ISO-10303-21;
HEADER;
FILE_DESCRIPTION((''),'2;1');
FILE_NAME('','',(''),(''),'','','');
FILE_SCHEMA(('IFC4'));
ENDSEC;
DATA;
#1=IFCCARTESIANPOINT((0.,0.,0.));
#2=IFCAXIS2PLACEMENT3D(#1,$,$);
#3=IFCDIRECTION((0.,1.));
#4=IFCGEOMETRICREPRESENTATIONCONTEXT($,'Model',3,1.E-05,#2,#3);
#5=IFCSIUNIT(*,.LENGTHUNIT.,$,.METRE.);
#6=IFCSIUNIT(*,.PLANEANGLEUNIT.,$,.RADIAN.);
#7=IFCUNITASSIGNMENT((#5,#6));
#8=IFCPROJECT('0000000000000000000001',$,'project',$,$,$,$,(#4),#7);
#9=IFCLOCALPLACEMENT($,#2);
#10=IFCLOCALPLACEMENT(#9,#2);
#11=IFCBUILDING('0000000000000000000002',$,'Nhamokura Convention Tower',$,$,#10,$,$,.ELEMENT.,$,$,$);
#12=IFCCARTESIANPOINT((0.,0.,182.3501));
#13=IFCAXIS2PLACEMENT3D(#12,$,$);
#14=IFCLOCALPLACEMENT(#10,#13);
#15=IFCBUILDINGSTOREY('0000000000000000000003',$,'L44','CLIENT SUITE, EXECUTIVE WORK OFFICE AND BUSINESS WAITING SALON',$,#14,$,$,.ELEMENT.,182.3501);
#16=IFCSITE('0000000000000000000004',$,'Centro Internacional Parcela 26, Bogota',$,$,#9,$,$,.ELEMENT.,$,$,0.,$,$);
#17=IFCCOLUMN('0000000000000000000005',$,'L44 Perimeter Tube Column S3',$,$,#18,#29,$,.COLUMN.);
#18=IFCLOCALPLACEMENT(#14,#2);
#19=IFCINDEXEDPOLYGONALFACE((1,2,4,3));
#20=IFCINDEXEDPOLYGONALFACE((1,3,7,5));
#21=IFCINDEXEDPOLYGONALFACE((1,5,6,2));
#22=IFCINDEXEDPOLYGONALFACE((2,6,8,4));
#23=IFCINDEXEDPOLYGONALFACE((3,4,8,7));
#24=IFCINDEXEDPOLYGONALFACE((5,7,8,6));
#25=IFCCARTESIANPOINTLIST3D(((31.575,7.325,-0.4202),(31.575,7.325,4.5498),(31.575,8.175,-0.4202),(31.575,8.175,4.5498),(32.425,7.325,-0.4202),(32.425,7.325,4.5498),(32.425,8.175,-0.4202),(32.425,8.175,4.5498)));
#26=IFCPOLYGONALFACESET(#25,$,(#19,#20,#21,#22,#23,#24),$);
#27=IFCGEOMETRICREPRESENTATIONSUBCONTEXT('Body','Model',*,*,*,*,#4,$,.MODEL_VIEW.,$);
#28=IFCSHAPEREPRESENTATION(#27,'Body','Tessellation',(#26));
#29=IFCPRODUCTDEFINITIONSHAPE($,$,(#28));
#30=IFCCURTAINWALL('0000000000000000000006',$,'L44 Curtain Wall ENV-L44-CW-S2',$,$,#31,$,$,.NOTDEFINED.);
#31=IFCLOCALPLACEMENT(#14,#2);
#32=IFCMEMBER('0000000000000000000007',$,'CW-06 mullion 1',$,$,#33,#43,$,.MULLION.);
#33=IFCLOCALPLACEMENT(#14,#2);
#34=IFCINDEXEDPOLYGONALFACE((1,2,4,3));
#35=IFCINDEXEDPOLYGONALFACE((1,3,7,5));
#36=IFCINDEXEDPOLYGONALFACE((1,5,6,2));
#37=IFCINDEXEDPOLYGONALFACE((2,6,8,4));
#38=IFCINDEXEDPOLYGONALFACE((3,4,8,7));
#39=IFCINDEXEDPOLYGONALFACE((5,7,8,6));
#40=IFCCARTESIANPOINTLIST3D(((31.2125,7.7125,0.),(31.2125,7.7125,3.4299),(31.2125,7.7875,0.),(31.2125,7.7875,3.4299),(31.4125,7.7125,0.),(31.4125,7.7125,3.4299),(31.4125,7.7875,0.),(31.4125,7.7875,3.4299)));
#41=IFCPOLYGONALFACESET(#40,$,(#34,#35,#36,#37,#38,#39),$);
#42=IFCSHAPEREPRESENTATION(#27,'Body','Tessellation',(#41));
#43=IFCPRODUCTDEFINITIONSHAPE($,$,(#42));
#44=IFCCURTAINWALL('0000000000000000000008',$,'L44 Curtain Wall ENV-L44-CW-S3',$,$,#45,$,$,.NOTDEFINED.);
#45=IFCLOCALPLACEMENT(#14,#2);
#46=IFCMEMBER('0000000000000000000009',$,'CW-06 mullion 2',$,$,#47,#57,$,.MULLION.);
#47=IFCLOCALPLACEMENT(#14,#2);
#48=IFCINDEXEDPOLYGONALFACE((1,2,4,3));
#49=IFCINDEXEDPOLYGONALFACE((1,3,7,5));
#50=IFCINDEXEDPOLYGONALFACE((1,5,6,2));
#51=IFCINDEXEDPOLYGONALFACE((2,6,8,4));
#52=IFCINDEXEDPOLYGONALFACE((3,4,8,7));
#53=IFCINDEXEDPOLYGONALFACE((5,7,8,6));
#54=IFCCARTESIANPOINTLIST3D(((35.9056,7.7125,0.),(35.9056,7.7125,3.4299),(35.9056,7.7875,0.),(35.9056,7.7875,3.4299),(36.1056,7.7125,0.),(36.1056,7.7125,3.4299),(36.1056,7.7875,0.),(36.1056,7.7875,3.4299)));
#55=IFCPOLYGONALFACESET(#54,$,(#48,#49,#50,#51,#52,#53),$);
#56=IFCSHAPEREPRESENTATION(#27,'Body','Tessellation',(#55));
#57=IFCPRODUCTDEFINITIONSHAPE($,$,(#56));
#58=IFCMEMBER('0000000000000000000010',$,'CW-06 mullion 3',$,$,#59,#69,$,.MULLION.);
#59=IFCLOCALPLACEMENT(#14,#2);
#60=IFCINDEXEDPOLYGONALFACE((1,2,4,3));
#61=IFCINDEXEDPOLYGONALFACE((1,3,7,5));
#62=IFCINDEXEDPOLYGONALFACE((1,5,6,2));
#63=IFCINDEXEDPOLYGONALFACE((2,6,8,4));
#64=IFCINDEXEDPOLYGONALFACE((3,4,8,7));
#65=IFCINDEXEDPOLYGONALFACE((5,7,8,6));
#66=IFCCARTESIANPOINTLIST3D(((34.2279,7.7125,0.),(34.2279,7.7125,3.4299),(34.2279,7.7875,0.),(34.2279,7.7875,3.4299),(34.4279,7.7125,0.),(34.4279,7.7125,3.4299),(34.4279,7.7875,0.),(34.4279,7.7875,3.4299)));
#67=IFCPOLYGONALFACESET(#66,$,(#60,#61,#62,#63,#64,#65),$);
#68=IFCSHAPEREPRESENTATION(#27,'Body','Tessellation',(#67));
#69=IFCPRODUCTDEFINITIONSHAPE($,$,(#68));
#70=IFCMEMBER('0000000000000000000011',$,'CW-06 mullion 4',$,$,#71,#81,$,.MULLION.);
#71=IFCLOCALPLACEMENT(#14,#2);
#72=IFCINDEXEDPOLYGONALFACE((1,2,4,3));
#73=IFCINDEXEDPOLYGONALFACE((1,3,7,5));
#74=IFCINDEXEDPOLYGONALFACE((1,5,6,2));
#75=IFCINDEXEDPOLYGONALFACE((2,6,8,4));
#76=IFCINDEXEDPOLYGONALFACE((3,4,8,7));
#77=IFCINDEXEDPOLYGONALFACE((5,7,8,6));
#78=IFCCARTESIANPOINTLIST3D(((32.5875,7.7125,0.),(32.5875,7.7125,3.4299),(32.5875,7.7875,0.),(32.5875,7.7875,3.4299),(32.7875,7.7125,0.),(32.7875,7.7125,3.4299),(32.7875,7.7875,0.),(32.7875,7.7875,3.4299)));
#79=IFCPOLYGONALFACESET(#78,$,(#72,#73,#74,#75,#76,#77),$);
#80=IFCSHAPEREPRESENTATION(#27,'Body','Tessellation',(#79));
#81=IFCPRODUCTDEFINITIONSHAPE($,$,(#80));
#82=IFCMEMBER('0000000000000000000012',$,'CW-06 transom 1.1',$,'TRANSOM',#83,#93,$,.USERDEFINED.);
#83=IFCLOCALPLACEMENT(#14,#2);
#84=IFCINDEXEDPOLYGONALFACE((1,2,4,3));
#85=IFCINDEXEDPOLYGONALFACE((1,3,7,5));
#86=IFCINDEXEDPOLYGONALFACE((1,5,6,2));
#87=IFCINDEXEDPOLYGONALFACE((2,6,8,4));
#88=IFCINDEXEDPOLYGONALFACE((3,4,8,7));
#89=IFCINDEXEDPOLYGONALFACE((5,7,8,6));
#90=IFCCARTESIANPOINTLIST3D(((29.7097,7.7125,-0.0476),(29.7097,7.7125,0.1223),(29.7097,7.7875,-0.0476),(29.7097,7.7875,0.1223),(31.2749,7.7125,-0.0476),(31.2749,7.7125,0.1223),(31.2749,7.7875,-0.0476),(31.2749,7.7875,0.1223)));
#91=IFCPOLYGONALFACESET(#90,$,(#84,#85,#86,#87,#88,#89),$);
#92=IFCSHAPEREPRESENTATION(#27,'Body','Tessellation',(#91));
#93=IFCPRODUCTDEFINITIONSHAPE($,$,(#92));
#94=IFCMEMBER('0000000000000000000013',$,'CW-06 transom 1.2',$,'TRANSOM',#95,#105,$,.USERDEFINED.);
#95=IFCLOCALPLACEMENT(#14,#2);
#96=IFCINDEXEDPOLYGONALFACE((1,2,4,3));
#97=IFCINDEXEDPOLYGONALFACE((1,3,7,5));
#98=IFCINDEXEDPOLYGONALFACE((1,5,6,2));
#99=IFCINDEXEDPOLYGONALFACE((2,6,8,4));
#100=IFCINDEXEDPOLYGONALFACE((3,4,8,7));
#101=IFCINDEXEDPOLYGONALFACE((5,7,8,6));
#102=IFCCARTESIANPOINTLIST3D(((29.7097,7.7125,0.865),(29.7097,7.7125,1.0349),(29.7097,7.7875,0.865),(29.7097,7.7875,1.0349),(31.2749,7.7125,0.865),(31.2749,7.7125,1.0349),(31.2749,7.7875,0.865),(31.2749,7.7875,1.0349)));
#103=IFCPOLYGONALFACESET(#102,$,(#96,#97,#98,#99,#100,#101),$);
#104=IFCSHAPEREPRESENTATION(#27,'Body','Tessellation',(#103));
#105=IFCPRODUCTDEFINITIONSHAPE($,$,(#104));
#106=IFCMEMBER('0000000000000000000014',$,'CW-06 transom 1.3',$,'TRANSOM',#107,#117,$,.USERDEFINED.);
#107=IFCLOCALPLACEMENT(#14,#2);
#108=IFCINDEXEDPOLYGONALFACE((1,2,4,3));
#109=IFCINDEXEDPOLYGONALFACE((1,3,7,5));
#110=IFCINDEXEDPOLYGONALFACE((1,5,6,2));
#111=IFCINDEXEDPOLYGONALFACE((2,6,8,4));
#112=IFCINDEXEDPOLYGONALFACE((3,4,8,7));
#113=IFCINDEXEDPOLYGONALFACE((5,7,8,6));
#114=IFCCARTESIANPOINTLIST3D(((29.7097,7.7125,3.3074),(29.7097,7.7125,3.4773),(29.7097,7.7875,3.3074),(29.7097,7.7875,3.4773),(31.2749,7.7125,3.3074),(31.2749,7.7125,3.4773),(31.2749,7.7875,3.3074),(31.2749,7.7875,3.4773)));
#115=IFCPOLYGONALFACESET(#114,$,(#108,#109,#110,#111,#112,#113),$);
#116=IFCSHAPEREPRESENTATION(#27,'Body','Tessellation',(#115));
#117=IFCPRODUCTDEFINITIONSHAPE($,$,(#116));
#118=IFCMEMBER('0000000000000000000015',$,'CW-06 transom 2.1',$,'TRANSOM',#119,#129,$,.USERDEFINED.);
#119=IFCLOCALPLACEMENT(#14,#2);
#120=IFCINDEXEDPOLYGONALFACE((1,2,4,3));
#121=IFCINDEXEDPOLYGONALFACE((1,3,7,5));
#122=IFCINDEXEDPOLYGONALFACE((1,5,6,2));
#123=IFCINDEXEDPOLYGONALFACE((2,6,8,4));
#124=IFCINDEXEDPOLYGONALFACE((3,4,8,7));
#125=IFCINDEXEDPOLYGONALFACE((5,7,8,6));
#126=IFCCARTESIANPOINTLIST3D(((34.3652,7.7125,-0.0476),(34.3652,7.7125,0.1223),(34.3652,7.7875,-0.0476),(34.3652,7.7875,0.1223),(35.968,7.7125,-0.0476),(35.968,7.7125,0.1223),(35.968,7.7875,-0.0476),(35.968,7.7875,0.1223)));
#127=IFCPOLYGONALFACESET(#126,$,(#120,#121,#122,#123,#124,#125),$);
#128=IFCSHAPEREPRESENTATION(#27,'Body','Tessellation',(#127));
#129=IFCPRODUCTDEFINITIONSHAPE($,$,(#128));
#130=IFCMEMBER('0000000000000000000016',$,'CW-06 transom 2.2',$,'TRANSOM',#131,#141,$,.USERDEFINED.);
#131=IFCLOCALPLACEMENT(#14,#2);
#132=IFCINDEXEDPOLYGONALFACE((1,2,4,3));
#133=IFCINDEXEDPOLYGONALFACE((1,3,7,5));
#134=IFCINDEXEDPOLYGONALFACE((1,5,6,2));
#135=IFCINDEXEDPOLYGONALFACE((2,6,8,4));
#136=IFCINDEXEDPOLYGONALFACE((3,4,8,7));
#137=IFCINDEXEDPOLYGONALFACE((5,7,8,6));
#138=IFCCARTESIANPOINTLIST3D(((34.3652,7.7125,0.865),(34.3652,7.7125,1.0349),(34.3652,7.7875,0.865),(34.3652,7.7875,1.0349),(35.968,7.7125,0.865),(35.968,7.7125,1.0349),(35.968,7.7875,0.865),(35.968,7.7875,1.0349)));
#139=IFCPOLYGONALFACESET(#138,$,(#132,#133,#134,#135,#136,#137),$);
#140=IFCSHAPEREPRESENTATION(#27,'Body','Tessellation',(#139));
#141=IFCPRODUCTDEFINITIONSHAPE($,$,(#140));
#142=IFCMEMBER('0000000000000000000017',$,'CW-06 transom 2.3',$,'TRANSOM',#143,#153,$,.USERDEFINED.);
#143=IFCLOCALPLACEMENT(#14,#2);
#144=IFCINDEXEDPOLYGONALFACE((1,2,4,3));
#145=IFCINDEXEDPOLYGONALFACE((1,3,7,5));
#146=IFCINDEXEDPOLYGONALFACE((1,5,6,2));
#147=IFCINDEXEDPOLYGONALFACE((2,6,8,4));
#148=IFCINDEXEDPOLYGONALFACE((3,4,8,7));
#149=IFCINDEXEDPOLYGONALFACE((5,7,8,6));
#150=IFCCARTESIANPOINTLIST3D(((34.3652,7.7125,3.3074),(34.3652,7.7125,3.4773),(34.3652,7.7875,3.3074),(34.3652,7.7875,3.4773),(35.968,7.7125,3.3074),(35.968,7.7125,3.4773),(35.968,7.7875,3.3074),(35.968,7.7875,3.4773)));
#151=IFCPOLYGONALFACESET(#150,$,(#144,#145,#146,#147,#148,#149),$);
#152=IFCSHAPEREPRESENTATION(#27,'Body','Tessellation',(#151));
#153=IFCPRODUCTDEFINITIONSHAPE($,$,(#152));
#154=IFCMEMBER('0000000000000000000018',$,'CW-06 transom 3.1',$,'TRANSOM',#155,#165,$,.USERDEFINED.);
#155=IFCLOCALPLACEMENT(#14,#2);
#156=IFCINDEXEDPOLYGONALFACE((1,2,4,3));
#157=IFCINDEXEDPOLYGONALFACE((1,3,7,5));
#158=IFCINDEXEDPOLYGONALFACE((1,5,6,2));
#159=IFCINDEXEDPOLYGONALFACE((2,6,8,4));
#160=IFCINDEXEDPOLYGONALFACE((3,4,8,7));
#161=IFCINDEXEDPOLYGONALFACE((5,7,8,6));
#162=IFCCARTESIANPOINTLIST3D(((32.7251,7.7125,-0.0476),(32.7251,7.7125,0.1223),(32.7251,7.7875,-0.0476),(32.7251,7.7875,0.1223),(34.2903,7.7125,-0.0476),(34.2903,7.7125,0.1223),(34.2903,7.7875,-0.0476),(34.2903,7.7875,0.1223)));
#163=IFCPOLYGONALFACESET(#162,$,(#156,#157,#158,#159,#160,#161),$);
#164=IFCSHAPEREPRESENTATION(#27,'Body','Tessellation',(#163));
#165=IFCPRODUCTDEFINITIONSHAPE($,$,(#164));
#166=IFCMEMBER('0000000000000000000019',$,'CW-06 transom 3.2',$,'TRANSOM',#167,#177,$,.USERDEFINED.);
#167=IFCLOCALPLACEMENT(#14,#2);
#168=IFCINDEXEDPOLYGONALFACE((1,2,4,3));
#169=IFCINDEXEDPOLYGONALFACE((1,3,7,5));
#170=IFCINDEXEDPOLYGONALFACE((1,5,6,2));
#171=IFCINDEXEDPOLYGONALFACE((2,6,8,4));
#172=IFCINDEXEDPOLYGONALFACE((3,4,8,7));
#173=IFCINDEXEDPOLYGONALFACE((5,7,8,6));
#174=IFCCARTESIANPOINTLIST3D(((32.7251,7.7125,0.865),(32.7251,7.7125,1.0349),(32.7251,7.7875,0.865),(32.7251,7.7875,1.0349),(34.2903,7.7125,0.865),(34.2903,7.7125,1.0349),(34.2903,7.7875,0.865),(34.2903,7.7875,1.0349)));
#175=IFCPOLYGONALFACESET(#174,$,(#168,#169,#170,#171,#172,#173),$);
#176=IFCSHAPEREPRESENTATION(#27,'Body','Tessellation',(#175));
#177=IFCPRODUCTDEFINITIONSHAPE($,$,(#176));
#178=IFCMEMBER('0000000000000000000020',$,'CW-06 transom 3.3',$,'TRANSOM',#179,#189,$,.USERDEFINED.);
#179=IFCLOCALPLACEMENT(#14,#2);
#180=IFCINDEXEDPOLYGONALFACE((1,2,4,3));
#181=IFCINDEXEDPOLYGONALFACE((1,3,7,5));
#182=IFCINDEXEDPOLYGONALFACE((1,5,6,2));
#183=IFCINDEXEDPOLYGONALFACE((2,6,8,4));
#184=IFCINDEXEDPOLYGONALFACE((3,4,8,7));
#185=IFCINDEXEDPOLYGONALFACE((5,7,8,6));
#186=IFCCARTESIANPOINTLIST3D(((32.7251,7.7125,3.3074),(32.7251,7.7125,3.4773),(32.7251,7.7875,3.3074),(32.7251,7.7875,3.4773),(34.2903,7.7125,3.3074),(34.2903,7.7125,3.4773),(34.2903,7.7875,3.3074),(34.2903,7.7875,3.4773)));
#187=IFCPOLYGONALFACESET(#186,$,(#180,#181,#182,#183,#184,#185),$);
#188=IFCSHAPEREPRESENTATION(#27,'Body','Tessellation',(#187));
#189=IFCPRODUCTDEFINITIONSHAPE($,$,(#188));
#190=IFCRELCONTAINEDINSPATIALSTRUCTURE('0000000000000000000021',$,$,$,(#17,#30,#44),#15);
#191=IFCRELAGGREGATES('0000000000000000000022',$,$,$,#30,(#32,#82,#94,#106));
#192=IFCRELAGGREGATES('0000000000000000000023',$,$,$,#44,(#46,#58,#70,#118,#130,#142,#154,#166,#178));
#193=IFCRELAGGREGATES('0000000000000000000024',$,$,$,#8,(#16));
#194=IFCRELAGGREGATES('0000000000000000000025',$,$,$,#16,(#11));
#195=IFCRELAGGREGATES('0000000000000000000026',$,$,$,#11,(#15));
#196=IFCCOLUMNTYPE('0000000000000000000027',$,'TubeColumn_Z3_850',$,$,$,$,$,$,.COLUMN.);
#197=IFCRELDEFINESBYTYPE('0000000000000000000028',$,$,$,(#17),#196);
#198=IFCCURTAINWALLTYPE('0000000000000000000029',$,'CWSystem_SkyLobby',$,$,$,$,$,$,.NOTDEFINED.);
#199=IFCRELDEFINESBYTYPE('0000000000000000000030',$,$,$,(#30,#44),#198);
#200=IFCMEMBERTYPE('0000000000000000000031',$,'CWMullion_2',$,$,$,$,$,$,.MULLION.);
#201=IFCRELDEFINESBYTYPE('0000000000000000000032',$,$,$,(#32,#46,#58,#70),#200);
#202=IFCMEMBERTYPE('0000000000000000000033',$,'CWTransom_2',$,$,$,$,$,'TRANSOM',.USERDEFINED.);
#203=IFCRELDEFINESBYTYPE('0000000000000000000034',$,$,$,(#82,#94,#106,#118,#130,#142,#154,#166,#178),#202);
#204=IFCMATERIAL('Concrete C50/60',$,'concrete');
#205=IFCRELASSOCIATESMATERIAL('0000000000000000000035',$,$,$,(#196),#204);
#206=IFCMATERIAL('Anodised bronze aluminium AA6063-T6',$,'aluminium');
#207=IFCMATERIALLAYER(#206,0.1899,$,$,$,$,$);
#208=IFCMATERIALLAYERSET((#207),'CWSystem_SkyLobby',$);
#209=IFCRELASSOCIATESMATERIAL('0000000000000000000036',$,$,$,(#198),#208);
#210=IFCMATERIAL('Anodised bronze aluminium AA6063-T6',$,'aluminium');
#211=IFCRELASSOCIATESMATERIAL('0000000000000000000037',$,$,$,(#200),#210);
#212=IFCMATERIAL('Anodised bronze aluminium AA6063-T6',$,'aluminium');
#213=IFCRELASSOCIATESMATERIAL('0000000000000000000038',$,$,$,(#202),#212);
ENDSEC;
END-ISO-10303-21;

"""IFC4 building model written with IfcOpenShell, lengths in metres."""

from ifc_helpers import new_model, si_unit, direction, frame, origin, origin_2d, place, context, subcontext, project, spatial, rectangle, extrude, material, layer, layer_set, material_profile, profile_set, type_object, element, aggregate, save


model = new_model("IFC4")

# Units and contexts
model_context = context("Model", 3, precision=1e-05, world=origin(), true_north=direction((0.0, 1.0)))
body_context = subcontext(model_context, "Body", "Model", "MODEL_VIEW")
ifc_project = project(units=[si_unit("LENGTHUNIT", "METRE"), si_unit("PLANEANGLEUNIT", "RADIAN")], contexts=[model_context])

# Site, building, storey
site_placement = place(None, origin())
site = spatial("IfcSite", under=ifc_project, at=site_placement, Name="Centro Internacional Parcela 26, Bogota", CompositionType="ELEMENT", RefElevation=0.0)
building_placement = place(site_placement, origin())
building = spatial("IfcBuilding", under=site, at=building_placement, Name="Nhamokura Convention Tower", CompositionType="ELEMENT")
storey_placement = place(building_placement, frame((0.0, 0.0, 182.3501)))
storey = spatial("IfcBuildingStorey", under=building, at=storey_placement, Name="L44", Description="CLIENT SUITE, EXECUTIVE WORK OFFICE AND BUSINESS WAITING SALON", CompositionType="ELEMENT", Elevation=182.3501)

# Column
ifc_material_1 = material(Name="Concrete C50/60", Category="concrete")
ifc_material_profile_1 = material_profile(ifc_material_1, rectangle(XDim=0.8501, YDim=0.8501, at=origin_2d()))
ifc_profile_set_1 = profile_set([ifc_material_profile_1], Name="Concrete C50/60")
column_type = type_object("IfcColumnType", Name="TubeColumn_Z3_850", PredefinedType="COLUMN", material=ifc_profile_set_1)
column_placement = place(storey_placement, frame((32.0, 7.75, -0.4202), z_axis=(0.0, 0.0, 1.0), x_axis=(1.0, 0.0, 0.0)))
element("IfcColumn", 1, at=column_placement, inside=storey, type_object=column_type, Name="L44 Perimeter Tube Column S3", PredefinedType="COLUMN", context=body_context, shape_type="SweptSolid", body=[
    extrude(rectangle(XDim=0.8501, YDim=0.8501, at=origin_2d()), origin(), (0.0, 0.0, 1.0), 4.97),
])

# Curtain wall, member
ifc_material_2 = material(Name="Anodised bronze aluminium AA6063-T6", Category="aluminium")
ifc_layer_1 = layer(ifc_material_2, 0.1899)
ifc_layer_set_1 = layer_set([ifc_layer_1], Name="CWSystem_SkyLobby")
curtain_wall_type = type_object("IfcCurtainWallType", Name="CWSystem_SkyLobby", PredefinedType="NOTDEFINED", material=ifc_layer_set_1)
curtain_wall_1_placement = place(storey_placement, origin())
curtain_wall_1 = element("IfcCurtainWall", 2, at=curtain_wall_1_placement, inside=storey, type_object=curtain_wall_type, Name="L44 Curtain Wall ENV-L44-CW-S2", PredefinedType="NOTDEFINED")
ifc_material_3 = material(Name="Anodised bronze aluminium AA6063-T6", Category="aluminium")
ifc_material_profile_2 = material_profile(ifc_material_3, rectangle(XDim=0.075, YDim=0.2, at=origin_2d()))
ifc_profile_set_2 = profile_set([ifc_material_profile_2], Name="Anodised bronze aluminium AA6063-T6")
member_type_1 = type_object("IfcMemberType", Name="CWMullion_2", PredefinedType="MULLION", material=ifc_profile_set_2)
member_1_placement = place(storey_placement, frame((31.3125, 7.75, 0.0), z_axis=(0.0, 0.0, 1.0), x_axis=(0.0, -1.0, 0.0)))
member_1 = element("IfcMember", 3, at=member_1_placement, type_object=member_type_1, Name="CW-06 mullion 1", PredefinedType="MULLION", context=body_context, shape_type="SweptSolid", body=[
    extrude(rectangle(XDim=0.075, YDim=0.2, at=origin_2d()), origin(), (0.0, 0.0, 1.0), 3.4299),
])

# Curtain wall, members
curtain_wall_2_placement = place(storey_placement, origin())
curtain_wall_2 = element("IfcCurtainWall", 4, at=curtain_wall_2_placement, inside=storey, type_object=curtain_wall_type, Name="L44 Curtain Wall ENV-L44-CW-S3", PredefinedType="NOTDEFINED")
member_2_placement = place(storey_placement, frame((36.0056, 7.75, 0.0), z_axis=(0.0, 0.0, 1.0), x_axis=(0.0, -1.0, 0.0)))
member_2 = element("IfcMember", 5, at=member_2_placement, type_object=member_type_1, Name="CW-06 mullion 2", PredefinedType="MULLION", context=body_context, shape_type="SweptSolid", body=[
    extrude(rectangle(XDim=0.075, YDim=0.2, at=origin_2d()), origin(), (0.0, 0.0, 1.0), 3.4299),
])
member_3_placement = place(storey_placement, frame((34.3279, 7.75, 0.0), z_axis=(0.0, 0.0, 1.0), x_axis=(0.0, -1.0, 0.0)))
member_3 = element("IfcMember", 6, at=member_3_placement, type_object=member_type_1, Name="CW-06 mullion 3", PredefinedType="MULLION", context=body_context, shape_type="SweptSolid", body=[
    extrude(rectangle(XDim=0.075, YDim=0.2, at=origin_2d()), origin(), (0.0, 0.0, 1.0), 3.4299),
])
member_4_placement = place(storey_placement, frame((32.6875, 7.75, 0.0), z_axis=(0.0, 0.0, 1.0), x_axis=(0.0, -1.0, 0.0)))
member_4 = element("IfcMember", 7, at=member_4_placement, type_object=member_type_1, Name="CW-06 mullion 4", PredefinedType="MULLION", context=body_context, shape_type="SweptSolid", body=[
    extrude(rectangle(XDim=0.075, YDim=0.2, at=origin_2d()), origin(), (0.0, 0.0, 1.0), 3.4299),
])

# Members
ifc_material_4 = material(Name="Anodised bronze aluminium AA6063-T6", Category="aluminium")
ifc_material_profile_3 = material_profile(ifc_material_4, rectangle(XDim=0.075, YDim=0.1699, at=origin_2d()))
ifc_profile_set_3 = profile_set([ifc_material_profile_3], Name="Anodised bronze aluminium AA6063-T6")
member_type_2 = type_object("IfcMemberType", Name="CWTransom_2", ElementType="TRANSOM", PredefinedType="USERDEFINED", material=ifc_profile_set_3)
member_5_placement = place(storey_placement, frame((31.2749, 7.75, 0.0374), z_axis=(-1.0, 0.0, 0.0), x_axis=(0.0, -1.0, 0.0)))
member_5 = element("IfcMember", 8, at=member_5_placement, type_object=member_type_2, Name="CW-06 transom 1.1", ObjectType="TRANSOM", PredefinedType="USERDEFINED", context=body_context, shape_type="SweptSolid", body=[
    extrude(rectangle(XDim=0.075, YDim=0.1699, at=origin_2d()), origin(), (0.0, 0.0, 1.0), 1.5652),
])
member_6_placement = place(storey_placement, frame((31.2749, 7.75, 0.95), z_axis=(-1.0, 0.0, 0.0), x_axis=(0.0, -1.0, 0.0)))
member_6 = element("IfcMember", 9, at=member_6_placement, type_object=member_type_2, Name="CW-06 transom 1.2", ObjectType="TRANSOM", PredefinedType="USERDEFINED", context=body_context, shape_type="SweptSolid", body=[
    extrude(rectangle(XDim=0.075, YDim=0.1699, at=origin_2d()), origin(), (0.0, 0.0, 1.0), 1.5652),
])
member_7_placement = place(storey_placement, frame((31.2749, 7.75, 3.3923), z_axis=(-1.0, 0.0, 0.0), x_axis=(0.0, -1.0, 0.0)))
member_7 = element("IfcMember", 10, at=member_7_placement, type_object=member_type_2, Name="CW-06 transom 1.3", ObjectType="TRANSOM", PredefinedType="USERDEFINED", context=body_context, shape_type="SweptSolid", body=[
    extrude(rectangle(XDim=0.075, YDim=0.1699, at=origin_2d()), origin(), (0.0, 0.0, 1.0), 1.5652),
])
member_8_placement = place(storey_placement, frame((35.968, 7.75, 0.0374), z_axis=(-1.0, 0.0, 0.0), x_axis=(0.0, -1.0, 0.0)))
member_8 = element("IfcMember", 11, at=member_8_placement, type_object=member_type_2, Name="CW-06 transom 2.1", ObjectType="TRANSOM", PredefinedType="USERDEFINED", context=body_context, shape_type="SweptSolid", body=[
    extrude(rectangle(XDim=0.075, YDim=0.1699, at=origin_2d()), origin(), (0.0, 0.0, 1.0), 1.6028),
])
member_9_placement = place(storey_placement, frame((35.968, 7.75, 0.95), z_axis=(-1.0, 0.0, 0.0), x_axis=(0.0, -1.0, 0.0)))
member_9 = element("IfcMember", 12, at=member_9_placement, type_object=member_type_2, Name="CW-06 transom 2.2", ObjectType="TRANSOM", PredefinedType="USERDEFINED", context=body_context, shape_type="SweptSolid", body=[
    extrude(rectangle(XDim=0.075, YDim=0.1699, at=origin_2d()), origin(), (0.0, 0.0, 1.0), 1.6028),
])
member_10_placement = place(storey_placement, frame((35.968, 7.75, 3.3923), z_axis=(-1.0, 0.0, 0.0), x_axis=(0.0, -1.0, 0.0)))
member_10 = element("IfcMember", 13, at=member_10_placement, type_object=member_type_2, Name="CW-06 transom 2.3", ObjectType="TRANSOM", PredefinedType="USERDEFINED", context=body_context, shape_type="SweptSolid", body=[
    extrude(rectangle(XDim=0.075, YDim=0.1699, at=origin_2d()), origin(), (0.0, 0.0, 1.0), 1.6028),
])
member_11_placement = place(storey_placement, frame((34.2903, 7.75, 0.0374), z_axis=(-1.0, 0.0, 0.0), x_axis=(0.0, -1.0, 0.0)))
member_11 = element("IfcMember", 14, at=member_11_placement, type_object=member_type_2, Name="CW-06 transom 3.1", ObjectType="TRANSOM", PredefinedType="USERDEFINED", context=body_context, shape_type="SweptSolid", body=[
    extrude(rectangle(XDim=0.075, YDim=0.1699, at=origin_2d()), origin(), (0.0, 0.0, 1.0), 1.5652),
])
member_12_placement = place(storey_placement, frame((34.2903, 7.75, 0.95), z_axis=(-1.0, 0.0, 0.0), x_axis=(0.0, -1.0, 0.0)))
member_12 = element("IfcMember", 15, at=member_12_placement, type_object=member_type_2, Name="CW-06 transom 3.2", ObjectType="TRANSOM", PredefinedType="USERDEFINED", context=body_context, shape_type="SweptSolid", body=[
    extrude(rectangle(XDim=0.075, YDim=0.1699, at=origin_2d()), origin(), (0.0, 0.0, 1.0), 1.5652),
])
member_13_placement = place(storey_placement, frame((34.2903, 7.75, 3.3923), z_axis=(-1.0, 0.0, 0.0), x_axis=(0.0, -1.0, 0.0)))
member_13 = element("IfcMember", 16, at=member_13_placement, type_object=member_type_2, Name="CW-06 transom 3.3", ObjectType="TRANSOM", PredefinedType="USERDEFINED", context=body_context, shape_type="SweptSolid", body=[
    extrude(rectangle(XDim=0.075, YDim=0.1699, at=origin_2d()), origin(), (0.0, 0.0, 1.0), 1.5652),
])

aggregate(curtain_wall_1, [member_1, member_5, member_6, member_7])
aggregate(curtain_wall_2, [member_2, member_3, member_4, member_8, member_9, member_10, member_11, member_12, member_13])

save(model, "model.ifc")
